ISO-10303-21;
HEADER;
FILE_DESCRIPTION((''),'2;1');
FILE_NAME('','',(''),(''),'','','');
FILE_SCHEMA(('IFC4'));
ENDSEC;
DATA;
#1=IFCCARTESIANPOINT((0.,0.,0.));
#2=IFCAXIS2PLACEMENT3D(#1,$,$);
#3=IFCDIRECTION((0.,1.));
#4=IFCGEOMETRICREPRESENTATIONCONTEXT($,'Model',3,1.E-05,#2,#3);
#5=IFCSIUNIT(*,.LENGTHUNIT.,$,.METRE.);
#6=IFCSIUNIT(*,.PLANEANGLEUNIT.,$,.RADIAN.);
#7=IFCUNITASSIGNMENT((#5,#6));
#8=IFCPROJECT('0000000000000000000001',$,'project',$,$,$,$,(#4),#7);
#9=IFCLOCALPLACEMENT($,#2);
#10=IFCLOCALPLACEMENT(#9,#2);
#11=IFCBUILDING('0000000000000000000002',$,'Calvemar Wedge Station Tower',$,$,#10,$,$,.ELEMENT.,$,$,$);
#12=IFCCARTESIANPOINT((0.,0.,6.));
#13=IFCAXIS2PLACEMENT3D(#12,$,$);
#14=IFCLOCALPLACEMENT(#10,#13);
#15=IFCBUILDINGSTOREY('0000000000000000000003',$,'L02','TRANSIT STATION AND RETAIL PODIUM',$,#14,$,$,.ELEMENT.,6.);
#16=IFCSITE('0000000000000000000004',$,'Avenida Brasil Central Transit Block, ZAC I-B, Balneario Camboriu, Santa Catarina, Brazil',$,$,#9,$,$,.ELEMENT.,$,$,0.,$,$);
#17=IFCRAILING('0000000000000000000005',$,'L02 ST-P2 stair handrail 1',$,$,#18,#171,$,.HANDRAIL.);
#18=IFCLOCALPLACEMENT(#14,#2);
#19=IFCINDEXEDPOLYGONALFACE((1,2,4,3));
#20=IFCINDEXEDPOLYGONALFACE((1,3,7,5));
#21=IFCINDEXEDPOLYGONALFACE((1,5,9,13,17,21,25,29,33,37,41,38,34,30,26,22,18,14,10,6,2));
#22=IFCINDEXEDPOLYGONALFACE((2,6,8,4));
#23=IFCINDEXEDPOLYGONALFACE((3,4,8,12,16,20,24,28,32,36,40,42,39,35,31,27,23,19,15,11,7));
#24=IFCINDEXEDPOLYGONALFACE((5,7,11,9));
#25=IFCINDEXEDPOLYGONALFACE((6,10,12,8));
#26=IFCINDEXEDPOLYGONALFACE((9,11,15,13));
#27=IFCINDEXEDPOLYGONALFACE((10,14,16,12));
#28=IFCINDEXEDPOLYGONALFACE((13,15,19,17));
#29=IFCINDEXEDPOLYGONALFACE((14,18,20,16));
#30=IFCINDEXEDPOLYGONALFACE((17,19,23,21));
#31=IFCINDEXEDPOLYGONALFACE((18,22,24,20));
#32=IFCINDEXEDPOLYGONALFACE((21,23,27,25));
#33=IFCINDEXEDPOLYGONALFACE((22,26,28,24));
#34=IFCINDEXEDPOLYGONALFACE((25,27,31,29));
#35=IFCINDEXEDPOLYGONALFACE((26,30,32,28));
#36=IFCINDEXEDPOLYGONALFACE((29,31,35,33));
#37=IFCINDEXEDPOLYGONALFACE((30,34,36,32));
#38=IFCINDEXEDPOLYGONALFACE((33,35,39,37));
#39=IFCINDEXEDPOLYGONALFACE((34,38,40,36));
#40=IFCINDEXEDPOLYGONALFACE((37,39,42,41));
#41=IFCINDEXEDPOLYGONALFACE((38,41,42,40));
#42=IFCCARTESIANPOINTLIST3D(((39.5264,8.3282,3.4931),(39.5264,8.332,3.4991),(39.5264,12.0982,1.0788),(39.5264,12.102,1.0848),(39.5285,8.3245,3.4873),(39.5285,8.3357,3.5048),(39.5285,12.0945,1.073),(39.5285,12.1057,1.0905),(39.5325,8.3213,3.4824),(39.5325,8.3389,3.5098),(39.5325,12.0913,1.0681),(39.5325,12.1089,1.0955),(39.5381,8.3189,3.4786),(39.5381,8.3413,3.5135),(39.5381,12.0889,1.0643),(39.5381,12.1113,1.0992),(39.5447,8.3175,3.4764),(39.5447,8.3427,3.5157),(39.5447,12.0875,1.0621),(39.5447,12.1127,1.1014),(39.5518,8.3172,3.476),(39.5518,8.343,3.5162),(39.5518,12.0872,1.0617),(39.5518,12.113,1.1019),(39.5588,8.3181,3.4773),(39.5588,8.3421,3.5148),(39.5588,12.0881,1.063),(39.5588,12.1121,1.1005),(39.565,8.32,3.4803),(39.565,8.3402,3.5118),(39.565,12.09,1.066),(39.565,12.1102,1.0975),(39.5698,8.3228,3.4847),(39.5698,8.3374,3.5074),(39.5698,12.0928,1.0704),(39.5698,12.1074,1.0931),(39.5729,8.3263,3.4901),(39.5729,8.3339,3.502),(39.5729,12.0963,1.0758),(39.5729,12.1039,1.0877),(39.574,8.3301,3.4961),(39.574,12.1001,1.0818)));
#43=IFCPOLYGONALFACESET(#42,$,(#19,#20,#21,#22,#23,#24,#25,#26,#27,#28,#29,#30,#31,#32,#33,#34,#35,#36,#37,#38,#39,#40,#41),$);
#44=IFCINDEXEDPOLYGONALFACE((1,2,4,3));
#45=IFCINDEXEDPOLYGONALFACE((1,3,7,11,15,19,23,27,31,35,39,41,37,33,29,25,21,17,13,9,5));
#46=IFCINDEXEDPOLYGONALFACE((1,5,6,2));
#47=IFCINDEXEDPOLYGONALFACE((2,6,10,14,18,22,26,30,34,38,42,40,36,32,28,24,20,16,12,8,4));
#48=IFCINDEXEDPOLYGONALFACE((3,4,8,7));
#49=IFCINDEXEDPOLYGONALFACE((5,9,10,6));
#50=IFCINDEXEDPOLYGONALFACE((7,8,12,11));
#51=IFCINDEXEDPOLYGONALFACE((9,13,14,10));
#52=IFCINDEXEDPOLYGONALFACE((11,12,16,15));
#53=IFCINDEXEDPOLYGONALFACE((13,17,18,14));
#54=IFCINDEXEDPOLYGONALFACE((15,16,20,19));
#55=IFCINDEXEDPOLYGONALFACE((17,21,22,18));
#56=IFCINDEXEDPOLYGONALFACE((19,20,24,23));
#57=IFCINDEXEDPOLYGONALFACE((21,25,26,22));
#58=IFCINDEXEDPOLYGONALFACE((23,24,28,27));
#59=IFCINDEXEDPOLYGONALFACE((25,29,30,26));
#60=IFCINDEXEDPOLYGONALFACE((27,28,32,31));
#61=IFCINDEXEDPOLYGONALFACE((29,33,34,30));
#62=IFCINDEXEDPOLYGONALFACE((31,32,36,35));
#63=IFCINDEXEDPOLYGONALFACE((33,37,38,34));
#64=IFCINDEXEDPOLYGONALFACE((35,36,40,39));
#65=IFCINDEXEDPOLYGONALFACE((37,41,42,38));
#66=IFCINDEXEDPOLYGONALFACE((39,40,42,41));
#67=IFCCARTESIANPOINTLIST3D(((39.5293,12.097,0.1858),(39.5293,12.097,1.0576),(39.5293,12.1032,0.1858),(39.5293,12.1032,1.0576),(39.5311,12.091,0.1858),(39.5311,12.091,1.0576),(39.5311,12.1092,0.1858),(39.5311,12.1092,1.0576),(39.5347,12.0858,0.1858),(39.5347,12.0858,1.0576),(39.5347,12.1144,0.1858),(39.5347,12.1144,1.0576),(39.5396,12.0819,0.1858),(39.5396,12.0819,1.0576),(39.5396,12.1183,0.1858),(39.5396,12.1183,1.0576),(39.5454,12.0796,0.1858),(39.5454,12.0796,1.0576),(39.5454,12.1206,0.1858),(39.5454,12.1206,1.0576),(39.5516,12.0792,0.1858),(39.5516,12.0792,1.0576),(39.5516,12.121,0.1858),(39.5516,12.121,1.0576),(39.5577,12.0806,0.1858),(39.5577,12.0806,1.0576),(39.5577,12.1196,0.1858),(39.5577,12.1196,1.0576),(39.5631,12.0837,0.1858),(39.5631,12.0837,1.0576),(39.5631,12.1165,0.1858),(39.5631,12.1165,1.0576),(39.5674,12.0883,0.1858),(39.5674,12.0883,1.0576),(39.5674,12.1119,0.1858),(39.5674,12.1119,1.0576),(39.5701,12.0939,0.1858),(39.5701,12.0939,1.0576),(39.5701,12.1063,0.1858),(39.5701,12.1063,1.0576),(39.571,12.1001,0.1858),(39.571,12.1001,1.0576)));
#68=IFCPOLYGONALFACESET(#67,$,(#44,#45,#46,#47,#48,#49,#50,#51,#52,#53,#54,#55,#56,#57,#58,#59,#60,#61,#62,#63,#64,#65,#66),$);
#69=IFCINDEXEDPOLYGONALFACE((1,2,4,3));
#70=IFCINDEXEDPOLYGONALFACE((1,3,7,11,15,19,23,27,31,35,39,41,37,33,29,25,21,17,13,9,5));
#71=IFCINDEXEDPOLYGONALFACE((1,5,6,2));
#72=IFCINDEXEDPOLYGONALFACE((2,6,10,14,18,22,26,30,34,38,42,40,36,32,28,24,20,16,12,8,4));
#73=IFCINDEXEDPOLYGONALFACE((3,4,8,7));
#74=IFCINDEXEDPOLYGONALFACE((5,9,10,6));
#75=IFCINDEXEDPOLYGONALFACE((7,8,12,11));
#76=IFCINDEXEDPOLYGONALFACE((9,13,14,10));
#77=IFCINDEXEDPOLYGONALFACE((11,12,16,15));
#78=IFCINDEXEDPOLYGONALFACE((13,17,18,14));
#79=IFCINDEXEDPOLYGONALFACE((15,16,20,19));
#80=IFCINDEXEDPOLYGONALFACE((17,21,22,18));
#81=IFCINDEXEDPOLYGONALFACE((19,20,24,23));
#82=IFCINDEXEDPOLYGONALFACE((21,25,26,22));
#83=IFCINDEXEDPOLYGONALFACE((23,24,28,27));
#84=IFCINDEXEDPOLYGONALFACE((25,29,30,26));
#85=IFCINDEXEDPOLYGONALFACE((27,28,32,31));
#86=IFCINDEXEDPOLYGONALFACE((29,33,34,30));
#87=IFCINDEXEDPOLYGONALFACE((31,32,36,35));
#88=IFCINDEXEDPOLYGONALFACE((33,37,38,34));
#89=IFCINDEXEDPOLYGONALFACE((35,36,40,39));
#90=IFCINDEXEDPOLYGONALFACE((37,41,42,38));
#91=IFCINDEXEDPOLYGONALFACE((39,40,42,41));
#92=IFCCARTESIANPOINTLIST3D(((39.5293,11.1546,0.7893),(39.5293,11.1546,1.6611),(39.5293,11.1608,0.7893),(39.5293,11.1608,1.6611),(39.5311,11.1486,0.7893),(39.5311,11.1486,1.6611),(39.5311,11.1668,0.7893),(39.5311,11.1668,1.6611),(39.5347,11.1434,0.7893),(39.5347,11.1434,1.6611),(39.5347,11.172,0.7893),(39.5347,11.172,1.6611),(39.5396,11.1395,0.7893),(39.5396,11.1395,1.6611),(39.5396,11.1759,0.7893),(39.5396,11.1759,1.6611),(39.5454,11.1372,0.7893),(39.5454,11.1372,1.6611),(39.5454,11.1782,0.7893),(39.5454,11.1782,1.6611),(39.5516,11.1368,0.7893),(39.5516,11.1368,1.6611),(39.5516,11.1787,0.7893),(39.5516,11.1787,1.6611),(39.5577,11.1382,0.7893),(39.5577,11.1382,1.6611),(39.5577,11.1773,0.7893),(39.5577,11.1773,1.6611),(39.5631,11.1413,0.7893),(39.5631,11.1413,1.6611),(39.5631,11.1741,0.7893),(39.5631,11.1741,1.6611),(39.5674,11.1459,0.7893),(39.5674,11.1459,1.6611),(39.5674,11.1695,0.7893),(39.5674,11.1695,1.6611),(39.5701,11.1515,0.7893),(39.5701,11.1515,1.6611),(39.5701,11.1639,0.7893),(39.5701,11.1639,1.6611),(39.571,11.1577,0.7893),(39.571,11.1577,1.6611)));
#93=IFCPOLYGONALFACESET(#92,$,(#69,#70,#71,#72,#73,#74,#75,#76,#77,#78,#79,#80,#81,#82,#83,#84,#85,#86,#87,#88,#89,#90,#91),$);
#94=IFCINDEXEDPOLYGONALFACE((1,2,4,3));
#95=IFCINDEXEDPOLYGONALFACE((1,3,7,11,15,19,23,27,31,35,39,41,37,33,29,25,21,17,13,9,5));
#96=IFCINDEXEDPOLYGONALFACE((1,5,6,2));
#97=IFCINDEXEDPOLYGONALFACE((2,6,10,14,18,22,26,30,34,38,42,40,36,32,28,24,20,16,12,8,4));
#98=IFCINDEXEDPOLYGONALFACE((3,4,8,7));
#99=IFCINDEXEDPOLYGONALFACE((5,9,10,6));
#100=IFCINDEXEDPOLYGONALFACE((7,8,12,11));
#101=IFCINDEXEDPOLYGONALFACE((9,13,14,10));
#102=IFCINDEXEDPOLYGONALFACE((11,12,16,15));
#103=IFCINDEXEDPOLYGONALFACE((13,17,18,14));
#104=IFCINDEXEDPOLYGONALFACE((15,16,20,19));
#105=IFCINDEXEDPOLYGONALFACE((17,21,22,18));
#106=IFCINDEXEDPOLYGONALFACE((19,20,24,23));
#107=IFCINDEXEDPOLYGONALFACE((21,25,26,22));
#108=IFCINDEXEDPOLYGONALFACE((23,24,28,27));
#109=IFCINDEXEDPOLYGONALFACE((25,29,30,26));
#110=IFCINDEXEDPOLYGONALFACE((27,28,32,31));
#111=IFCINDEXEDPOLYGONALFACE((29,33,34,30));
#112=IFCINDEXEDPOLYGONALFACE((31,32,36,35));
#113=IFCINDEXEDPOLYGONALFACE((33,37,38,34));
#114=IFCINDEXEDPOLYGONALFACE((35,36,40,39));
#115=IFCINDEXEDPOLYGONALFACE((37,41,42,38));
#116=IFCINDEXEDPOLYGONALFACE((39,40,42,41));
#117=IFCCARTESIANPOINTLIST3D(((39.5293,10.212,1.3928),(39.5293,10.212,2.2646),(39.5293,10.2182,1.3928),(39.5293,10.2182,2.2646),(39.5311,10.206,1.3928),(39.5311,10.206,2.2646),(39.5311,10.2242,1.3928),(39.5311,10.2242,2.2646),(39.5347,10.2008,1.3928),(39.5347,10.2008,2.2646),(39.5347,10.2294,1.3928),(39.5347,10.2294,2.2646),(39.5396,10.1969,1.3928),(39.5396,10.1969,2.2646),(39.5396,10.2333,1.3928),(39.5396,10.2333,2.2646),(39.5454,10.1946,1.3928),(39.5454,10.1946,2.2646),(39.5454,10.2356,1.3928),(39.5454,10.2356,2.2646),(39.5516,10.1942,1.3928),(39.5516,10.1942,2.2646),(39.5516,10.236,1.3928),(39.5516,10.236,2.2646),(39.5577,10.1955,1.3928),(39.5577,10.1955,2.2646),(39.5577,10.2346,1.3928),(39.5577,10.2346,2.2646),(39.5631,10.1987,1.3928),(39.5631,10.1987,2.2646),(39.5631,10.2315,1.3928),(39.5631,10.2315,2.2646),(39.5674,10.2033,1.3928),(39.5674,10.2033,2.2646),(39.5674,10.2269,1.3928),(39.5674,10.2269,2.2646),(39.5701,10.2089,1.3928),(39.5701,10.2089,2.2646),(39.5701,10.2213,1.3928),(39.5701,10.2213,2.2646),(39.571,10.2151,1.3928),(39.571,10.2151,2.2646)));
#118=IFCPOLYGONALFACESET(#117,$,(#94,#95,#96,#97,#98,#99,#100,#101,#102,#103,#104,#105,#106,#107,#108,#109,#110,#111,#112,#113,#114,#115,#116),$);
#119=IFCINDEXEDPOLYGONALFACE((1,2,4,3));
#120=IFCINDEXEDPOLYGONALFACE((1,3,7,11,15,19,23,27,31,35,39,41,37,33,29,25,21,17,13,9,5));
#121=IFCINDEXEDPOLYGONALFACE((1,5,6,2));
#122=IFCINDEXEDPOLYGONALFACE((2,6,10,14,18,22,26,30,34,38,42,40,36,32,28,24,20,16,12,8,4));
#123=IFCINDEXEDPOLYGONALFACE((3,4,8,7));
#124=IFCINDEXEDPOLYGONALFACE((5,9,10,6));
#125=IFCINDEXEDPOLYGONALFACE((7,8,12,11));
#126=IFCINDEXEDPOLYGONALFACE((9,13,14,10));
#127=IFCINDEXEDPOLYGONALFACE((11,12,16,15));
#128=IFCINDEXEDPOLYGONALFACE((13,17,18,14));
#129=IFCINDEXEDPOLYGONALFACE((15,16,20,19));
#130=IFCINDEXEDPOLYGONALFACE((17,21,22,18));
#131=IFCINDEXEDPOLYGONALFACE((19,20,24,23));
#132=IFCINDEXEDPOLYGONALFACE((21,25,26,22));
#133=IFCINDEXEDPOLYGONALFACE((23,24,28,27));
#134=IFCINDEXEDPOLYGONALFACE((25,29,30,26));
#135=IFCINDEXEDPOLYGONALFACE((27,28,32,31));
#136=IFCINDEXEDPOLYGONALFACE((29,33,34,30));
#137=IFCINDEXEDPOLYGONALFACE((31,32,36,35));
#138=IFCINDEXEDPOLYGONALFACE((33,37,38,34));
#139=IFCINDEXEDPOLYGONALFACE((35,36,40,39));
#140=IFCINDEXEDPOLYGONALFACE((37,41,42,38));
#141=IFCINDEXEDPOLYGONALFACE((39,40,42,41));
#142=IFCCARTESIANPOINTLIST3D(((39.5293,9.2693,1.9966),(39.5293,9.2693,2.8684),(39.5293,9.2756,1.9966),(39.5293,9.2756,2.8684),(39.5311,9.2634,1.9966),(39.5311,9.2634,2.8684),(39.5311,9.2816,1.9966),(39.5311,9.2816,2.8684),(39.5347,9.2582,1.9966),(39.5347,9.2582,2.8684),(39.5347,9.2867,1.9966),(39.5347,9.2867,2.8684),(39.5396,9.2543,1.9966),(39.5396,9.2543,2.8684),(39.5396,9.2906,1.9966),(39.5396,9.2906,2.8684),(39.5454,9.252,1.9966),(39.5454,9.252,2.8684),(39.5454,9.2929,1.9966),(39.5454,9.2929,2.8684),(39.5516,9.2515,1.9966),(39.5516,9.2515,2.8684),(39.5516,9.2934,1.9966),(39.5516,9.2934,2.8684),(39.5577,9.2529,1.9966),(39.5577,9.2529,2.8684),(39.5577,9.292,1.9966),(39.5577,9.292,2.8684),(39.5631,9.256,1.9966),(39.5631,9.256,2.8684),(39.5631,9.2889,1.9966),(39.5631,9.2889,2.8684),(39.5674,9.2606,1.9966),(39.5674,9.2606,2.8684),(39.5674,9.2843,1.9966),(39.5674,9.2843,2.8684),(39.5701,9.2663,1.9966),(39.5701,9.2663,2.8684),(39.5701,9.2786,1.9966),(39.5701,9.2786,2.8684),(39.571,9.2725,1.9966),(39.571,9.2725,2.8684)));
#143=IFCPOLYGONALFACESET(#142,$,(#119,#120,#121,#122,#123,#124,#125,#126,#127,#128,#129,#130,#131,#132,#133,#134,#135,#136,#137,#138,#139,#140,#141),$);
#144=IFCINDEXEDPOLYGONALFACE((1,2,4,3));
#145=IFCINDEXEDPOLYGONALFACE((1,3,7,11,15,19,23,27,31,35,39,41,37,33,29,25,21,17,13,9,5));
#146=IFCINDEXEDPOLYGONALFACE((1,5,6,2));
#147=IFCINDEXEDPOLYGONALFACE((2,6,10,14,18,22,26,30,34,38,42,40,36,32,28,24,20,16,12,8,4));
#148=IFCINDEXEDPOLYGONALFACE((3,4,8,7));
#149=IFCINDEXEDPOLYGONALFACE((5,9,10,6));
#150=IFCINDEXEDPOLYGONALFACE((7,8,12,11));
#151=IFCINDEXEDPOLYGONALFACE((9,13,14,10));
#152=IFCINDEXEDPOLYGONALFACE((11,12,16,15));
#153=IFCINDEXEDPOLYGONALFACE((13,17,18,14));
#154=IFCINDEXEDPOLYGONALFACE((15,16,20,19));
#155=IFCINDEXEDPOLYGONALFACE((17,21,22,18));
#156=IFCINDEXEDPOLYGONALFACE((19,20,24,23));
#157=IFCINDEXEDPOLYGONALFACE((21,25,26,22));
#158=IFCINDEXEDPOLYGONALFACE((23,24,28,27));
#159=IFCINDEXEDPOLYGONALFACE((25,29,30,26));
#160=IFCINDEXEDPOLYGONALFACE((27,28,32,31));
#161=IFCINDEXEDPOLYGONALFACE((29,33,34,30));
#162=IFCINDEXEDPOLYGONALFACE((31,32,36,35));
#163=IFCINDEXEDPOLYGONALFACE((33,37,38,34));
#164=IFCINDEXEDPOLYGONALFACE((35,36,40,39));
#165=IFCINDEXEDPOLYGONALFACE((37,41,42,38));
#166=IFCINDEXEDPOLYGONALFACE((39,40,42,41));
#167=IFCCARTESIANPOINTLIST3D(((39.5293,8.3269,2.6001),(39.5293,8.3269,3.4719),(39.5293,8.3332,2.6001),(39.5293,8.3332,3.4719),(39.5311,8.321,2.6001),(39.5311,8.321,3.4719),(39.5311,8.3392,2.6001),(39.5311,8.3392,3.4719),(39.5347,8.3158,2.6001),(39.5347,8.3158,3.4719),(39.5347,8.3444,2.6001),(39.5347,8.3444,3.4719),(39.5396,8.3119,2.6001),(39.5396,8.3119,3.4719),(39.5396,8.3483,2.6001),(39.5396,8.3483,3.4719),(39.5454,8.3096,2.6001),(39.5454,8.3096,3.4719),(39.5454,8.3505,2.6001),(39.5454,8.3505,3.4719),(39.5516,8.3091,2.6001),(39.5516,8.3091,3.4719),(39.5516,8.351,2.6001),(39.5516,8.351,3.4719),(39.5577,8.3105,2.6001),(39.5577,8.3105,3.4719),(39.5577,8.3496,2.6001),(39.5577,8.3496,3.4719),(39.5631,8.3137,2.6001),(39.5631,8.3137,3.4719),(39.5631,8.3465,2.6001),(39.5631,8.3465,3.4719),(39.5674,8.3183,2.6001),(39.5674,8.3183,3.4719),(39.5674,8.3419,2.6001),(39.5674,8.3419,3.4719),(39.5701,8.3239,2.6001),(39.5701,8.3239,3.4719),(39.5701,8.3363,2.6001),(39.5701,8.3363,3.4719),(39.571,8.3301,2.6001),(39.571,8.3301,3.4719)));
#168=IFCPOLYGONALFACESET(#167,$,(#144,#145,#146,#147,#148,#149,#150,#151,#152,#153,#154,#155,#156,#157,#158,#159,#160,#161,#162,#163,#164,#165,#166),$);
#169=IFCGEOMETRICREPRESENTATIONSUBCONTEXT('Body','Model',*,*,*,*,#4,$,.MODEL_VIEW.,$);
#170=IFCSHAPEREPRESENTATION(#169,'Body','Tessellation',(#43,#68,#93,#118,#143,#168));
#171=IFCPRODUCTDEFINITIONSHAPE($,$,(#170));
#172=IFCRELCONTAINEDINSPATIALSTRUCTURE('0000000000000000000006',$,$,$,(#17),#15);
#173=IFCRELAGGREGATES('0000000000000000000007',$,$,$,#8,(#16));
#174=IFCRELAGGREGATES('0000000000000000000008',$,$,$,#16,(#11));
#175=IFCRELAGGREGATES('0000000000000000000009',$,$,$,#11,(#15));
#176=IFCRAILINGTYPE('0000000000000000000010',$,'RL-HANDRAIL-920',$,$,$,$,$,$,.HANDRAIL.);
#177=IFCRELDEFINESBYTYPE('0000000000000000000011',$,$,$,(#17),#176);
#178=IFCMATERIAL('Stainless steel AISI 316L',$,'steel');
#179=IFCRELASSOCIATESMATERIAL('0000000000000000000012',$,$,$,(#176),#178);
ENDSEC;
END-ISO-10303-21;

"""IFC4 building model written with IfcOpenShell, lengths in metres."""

from ifc_helpers import new_model, si_unit, direction, frame, origin, origin_2d, place, context, subcontext, project, spatial, circle, extrude, material, type_object, element, save


model = new_model("IFC4")

# Units and contexts
model_context = context("Model", 3, precision=1e-05, world=origin(), true_north=direction((0.0, 1.0)))
body_context = subcontext(model_context, "Body", "Model", "MODEL_VIEW")
ifc_project = project(units=[si_unit("LENGTHUNIT", "METRE"), si_unit("PLANEANGLEUNIT", "RADIAN")], contexts=[model_context])

# Site, building, storey
site_placement = place(None, origin())
site = spatial("IfcSite", under=ifc_project, at=site_placement, Name="Avenida Brasil Central Transit Block, ZAC I-B, Balneario Camboriu, Santa Catarina, Brazil", CompositionType="ELEMENT", RefElevation=0.0)
building_placement = place(site_placement, origin())
building = spatial("IfcBuilding", under=site, at=building_placement, Name="Calvemar Wedge Station Tower", CompositionType="ELEMENT")
storey_placement = place(building_placement, frame((0.0, 0.0, 6.0)))
storey = spatial("IfcBuildingStorey", under=building, at=storey_placement, Name="L02", Description="TRANSIT STATION AND RETAIL PODIUM", CompositionType="ELEMENT", Elevation=6.0)

# Railing
ifc_material_1 = material(Name="Stainless steel AISI 316L", Category="steel")
railing_type_1 = type_object("IfcRailingType", Name="RL-HANDRAIL-920", PredefinedType="HANDRAIL", material=ifc_material_1)
railing_1_placement = place(storey_placement, frame((39.55, 12.1001, 0.1858)))
element("IfcRailing", 1, at=railing_1_placement, inside=storey, type_object=railing_type_1, Name="L02 ST-P2 stair handrail 1", PredefinedType="HANDRAIL", context=body_context, shape_type="SweptSolid", body=[
    extrude(circle(Radius=0.0239, at=origin_2d()), frame((0.0, 0.0, 0.896), z_axis=(0.0, -0.84212, 0.53929), x_axis=(1.0, 0.0, 0.0)), (0.0, 0.0, 1.0), 4.4768),
    extrude(circle(Radius=0.021, at=origin_2d()), origin(), (0.0, 0.0, 1.0), 0.8718),
    extrude(circle(Radius=0.021, at=origin_2d()), frame((0.0, -0.9424, 0.6035)), (0.0, 0.0, 1.0), 0.8718),
    extrude(circle(Radius=0.021, at=origin_2d()), frame((0.0, -1.885, 1.207)), (0.0, 0.0, 1.0), 0.8718),
    extrude(circle(Radius=0.021, at=origin_2d()), frame((0.0, -2.8276, 1.8108)), (0.0, 0.0, 1.0), 0.8718),
    extrude(circle(Radius=0.021, at=origin_2d()), frame((0.0, -3.77, 2.4143)), (0.0, 0.0, 1.0), 0.8718),
])

save(model, "model.ifc")
